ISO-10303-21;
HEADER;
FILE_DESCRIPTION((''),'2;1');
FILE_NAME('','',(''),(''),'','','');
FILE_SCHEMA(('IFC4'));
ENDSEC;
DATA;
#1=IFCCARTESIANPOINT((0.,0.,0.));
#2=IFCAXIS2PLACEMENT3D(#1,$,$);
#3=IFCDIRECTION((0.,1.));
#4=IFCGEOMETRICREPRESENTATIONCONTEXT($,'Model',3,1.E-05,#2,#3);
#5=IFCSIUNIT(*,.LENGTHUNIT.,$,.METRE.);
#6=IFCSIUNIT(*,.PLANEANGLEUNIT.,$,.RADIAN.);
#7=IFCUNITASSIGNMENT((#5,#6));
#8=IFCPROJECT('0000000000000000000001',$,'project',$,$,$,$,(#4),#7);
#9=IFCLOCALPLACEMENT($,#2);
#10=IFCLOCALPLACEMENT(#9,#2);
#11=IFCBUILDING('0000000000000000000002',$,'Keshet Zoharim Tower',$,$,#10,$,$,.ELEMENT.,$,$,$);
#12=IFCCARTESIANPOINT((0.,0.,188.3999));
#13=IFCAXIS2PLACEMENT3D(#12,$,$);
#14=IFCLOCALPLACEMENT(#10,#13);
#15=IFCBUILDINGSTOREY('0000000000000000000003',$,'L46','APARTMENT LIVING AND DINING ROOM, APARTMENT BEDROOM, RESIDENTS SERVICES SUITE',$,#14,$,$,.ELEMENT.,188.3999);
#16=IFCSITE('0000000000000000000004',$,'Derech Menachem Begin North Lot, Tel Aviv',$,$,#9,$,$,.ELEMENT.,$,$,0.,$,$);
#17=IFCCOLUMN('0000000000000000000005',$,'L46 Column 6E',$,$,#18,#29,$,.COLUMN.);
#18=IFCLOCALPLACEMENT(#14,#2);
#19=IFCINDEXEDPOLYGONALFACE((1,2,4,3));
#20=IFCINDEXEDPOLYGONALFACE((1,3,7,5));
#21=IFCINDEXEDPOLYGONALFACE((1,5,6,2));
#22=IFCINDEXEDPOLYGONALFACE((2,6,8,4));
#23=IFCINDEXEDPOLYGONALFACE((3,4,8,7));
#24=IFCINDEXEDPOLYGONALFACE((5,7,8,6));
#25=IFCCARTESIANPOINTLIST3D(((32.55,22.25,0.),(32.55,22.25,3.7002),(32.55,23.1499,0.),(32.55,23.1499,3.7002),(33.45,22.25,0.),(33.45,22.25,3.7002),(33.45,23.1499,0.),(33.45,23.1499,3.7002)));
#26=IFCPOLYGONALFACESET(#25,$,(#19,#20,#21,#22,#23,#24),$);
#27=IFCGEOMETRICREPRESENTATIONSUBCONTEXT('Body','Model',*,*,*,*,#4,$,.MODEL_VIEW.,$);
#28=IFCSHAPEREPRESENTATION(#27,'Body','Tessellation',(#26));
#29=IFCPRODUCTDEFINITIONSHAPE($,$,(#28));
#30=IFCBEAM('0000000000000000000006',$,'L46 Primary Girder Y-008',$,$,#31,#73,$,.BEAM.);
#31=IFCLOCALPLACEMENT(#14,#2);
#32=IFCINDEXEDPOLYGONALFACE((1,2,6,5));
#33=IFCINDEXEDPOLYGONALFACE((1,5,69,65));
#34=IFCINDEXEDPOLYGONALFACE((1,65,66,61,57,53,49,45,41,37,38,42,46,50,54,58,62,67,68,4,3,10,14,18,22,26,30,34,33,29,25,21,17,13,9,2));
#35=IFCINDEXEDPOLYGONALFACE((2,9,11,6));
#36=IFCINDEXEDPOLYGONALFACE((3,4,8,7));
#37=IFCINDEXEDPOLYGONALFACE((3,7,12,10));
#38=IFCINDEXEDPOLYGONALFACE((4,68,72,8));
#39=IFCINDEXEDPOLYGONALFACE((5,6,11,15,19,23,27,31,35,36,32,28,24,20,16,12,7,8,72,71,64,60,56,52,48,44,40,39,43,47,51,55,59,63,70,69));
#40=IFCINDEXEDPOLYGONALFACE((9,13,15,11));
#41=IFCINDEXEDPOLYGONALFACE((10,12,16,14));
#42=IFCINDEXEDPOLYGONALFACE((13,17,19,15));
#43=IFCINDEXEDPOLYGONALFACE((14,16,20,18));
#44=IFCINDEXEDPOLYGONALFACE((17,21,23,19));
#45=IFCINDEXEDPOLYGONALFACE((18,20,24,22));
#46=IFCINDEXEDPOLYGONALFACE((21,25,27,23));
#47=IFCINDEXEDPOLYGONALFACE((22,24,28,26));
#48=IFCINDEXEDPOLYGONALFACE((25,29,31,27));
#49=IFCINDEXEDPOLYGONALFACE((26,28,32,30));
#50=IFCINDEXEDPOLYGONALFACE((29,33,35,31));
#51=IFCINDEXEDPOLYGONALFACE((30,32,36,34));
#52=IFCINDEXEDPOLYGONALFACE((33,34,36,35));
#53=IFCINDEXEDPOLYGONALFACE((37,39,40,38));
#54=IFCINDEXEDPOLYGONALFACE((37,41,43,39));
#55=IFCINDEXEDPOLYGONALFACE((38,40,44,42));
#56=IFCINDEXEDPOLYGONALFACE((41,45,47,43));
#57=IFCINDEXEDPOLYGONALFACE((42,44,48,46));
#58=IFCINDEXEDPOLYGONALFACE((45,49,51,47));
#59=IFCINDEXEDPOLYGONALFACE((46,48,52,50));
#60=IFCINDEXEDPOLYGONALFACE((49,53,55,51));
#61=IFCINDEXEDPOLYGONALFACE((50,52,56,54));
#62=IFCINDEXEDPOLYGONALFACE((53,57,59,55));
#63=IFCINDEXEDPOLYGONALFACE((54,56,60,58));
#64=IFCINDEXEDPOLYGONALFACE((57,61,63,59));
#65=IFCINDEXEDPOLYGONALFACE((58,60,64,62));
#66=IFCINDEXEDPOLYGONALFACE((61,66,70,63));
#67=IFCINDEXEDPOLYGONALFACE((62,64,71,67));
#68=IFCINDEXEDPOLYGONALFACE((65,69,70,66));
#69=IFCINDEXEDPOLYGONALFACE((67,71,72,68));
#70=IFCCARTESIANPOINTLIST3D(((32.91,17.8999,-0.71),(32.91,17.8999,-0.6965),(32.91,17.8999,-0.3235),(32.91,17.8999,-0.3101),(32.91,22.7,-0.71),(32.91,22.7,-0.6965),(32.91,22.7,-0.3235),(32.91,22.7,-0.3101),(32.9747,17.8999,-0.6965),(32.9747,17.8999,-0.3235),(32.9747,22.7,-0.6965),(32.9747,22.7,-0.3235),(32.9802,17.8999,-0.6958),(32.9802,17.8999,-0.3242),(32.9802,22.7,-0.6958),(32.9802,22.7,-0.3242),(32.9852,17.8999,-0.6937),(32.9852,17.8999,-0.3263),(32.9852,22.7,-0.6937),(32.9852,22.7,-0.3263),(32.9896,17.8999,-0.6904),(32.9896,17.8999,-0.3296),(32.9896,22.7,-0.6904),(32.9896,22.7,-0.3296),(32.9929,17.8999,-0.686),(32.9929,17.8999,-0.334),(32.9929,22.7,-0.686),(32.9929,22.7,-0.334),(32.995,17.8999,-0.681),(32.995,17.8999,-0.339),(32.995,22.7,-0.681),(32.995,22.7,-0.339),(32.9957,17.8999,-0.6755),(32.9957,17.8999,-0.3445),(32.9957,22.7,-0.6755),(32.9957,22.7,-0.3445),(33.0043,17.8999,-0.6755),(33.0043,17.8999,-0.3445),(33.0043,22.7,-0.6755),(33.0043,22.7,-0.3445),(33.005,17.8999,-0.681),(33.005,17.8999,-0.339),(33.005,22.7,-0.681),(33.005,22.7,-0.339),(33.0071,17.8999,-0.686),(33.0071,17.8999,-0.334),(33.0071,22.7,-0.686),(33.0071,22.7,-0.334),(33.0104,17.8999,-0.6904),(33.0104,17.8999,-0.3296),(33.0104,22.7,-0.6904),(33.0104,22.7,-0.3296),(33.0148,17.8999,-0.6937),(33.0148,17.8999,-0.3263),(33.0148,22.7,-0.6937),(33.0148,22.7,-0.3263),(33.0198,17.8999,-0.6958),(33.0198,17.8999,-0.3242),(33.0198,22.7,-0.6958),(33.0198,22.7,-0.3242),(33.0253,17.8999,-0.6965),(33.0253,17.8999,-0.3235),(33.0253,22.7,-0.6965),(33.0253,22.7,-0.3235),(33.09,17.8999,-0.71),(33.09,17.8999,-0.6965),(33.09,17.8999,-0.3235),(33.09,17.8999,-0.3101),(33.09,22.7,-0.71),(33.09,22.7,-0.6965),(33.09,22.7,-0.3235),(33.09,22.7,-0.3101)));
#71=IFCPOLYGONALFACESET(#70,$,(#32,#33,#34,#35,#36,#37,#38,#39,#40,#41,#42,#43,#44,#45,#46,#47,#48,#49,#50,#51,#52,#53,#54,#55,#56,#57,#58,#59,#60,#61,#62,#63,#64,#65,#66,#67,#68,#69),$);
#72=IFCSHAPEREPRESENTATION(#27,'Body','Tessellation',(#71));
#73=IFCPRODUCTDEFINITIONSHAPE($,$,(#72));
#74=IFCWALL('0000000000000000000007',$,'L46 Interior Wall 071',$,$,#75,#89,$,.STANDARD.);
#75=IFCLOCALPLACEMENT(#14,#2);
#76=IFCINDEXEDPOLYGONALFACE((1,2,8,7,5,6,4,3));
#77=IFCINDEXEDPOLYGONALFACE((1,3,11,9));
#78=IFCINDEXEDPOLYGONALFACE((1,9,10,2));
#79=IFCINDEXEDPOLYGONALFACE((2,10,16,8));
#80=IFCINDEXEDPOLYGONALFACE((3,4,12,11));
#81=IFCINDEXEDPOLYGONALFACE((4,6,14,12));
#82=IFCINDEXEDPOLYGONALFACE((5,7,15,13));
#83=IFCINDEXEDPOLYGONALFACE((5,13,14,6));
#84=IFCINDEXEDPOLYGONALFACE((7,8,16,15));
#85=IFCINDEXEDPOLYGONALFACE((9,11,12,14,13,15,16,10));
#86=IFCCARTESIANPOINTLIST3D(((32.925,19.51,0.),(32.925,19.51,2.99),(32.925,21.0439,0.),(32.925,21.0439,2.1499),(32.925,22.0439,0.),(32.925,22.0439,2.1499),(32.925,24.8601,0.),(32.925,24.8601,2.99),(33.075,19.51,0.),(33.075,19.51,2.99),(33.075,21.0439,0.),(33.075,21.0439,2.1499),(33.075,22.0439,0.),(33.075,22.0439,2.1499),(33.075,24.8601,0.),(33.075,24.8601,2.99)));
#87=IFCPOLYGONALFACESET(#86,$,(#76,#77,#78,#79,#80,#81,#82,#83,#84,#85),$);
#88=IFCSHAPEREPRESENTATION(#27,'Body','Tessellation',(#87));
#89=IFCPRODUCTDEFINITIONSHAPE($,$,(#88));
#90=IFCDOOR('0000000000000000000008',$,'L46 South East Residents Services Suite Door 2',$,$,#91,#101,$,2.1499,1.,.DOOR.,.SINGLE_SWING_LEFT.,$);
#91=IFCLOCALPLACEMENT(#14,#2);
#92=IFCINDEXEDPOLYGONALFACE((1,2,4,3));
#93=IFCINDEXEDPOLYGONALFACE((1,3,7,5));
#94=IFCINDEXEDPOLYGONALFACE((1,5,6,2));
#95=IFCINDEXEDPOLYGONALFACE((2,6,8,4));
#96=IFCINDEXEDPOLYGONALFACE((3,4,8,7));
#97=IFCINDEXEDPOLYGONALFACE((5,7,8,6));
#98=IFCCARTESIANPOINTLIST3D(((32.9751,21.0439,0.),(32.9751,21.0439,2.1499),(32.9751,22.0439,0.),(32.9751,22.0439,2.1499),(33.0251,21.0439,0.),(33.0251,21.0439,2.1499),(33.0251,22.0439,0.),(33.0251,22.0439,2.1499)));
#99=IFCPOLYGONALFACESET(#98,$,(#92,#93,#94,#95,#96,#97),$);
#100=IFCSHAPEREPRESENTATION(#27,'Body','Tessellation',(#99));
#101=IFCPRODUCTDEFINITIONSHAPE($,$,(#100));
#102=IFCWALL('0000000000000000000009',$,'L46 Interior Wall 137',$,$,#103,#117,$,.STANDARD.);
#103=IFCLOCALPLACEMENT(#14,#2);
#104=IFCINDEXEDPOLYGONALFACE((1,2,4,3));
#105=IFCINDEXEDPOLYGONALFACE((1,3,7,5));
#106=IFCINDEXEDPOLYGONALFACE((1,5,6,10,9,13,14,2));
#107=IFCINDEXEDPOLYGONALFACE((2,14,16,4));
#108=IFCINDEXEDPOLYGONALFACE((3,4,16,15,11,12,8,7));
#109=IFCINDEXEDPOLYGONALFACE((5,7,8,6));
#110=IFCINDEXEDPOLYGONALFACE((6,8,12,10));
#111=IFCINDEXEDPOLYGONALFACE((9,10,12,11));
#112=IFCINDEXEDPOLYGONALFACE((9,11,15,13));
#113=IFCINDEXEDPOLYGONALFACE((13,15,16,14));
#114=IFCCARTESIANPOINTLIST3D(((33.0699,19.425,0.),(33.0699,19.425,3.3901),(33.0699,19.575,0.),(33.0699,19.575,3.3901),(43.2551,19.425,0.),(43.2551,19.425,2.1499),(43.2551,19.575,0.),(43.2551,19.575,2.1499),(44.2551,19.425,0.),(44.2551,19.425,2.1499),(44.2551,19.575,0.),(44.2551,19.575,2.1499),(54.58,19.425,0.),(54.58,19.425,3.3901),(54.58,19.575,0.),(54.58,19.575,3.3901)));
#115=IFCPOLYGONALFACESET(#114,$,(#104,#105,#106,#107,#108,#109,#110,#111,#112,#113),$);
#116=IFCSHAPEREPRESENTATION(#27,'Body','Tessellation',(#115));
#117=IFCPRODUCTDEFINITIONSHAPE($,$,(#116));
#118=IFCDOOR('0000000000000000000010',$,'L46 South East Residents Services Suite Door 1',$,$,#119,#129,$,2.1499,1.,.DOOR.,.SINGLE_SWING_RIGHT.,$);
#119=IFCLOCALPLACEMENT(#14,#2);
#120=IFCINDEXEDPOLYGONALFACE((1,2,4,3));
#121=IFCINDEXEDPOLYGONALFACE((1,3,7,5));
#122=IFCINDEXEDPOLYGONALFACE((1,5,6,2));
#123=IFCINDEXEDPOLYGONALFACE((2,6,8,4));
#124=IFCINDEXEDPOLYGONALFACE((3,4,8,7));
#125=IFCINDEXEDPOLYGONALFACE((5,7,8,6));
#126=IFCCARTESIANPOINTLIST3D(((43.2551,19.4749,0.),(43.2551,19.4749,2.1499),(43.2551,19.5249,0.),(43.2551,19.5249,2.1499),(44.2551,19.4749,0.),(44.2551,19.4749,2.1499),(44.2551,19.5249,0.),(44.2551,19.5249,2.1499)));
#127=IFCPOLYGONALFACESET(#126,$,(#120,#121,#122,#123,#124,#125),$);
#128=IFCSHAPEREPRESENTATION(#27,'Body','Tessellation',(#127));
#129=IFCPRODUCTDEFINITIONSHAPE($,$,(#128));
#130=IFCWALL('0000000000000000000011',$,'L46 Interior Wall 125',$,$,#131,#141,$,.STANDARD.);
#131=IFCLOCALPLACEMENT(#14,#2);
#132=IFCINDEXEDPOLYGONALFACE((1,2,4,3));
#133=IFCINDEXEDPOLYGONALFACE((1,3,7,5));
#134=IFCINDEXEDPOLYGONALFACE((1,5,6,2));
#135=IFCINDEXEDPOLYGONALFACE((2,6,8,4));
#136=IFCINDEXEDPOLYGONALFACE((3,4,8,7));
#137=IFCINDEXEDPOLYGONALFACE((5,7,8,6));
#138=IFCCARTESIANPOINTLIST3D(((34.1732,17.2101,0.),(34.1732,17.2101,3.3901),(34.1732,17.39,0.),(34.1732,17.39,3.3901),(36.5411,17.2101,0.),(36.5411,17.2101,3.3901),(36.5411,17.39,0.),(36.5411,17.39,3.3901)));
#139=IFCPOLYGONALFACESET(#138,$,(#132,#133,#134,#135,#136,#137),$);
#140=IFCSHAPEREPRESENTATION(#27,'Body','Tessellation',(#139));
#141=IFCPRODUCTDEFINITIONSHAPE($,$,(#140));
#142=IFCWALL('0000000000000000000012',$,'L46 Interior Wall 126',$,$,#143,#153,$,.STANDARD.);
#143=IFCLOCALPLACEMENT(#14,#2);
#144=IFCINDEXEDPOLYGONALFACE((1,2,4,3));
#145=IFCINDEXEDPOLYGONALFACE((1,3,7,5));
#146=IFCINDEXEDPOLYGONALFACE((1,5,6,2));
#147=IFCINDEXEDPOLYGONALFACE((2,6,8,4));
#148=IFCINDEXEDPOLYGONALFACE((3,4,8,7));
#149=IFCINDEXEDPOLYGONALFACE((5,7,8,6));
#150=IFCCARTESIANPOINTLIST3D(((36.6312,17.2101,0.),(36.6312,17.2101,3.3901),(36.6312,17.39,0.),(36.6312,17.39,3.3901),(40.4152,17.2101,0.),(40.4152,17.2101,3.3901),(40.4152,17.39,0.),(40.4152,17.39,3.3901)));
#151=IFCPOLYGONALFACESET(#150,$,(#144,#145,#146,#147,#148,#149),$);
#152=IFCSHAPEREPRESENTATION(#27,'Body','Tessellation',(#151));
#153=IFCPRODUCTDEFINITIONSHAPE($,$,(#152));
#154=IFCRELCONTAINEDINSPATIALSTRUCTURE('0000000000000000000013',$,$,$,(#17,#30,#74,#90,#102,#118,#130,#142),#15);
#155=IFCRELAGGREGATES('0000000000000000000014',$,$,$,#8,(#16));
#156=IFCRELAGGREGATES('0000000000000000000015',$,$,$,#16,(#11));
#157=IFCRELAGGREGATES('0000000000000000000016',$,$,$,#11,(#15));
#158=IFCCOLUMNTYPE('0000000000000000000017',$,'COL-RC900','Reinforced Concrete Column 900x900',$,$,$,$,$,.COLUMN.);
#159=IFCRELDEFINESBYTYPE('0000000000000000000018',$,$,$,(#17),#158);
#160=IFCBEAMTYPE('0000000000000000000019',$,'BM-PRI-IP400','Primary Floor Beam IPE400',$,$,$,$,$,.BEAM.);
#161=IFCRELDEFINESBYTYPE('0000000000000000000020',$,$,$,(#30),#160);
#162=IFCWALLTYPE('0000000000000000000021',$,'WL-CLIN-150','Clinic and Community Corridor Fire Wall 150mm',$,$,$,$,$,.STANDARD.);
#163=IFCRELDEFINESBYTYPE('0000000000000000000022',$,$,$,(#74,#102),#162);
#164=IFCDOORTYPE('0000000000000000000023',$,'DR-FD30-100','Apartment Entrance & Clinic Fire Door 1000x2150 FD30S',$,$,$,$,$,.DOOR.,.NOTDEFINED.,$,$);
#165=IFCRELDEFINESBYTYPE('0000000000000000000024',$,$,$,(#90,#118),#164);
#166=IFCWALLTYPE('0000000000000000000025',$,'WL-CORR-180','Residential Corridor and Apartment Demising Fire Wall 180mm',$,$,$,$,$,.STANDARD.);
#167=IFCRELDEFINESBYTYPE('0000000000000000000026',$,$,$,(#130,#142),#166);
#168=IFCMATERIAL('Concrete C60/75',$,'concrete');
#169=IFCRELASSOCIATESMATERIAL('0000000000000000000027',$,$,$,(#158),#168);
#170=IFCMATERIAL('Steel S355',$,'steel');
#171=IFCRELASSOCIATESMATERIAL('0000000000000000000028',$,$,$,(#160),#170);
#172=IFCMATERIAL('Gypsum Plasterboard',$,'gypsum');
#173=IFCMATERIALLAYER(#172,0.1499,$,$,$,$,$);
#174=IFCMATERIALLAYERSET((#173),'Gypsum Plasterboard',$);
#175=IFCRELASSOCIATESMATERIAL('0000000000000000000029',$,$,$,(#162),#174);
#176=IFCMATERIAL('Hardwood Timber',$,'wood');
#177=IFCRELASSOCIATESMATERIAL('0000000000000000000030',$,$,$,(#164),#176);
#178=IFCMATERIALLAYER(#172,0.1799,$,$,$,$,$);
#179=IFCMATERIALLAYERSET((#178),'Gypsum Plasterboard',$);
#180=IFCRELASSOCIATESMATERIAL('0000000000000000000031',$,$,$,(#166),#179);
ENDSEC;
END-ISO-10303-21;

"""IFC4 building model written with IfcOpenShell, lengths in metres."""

from ifc_helpers import new_model, si_unit, direction, frame, frame_2d, origin, origin_2d, place, context, subcontext, project, spatial, rectangle, i_section, extrude, material, layer, layer_set, material_profile, profile_set, type_object, element, fill, save


model = new_model("IFC4")

# Units and contexts
model_context = context("Model", 3, precision=1e-05, world=origin(), true_north=direction((0.0, 1.0)))
body_context = subcontext(model_context, "Body", "Model", "MODEL_VIEW")
ifc_project = project(units=[si_unit("LENGTHUNIT", "METRE"), si_unit("PLANEANGLEUNIT", "RADIAN")], contexts=[model_context])

# Site, building, storey
site_placement = place(None, origin())
site = spatial("IfcSite", under=ifc_project, at=site_placement, Name="Derech Menachem Begin North Lot, Tel Aviv", CompositionType="ELEMENT", RefElevation=0.0)
building_placement = place(site_placement, origin())
building = spatial("IfcBuilding", under=site, at=building_placement, Name="Keshet Zoharim Tower", CompositionType="ELEMENT")
storey_placement = place(building_placement, frame((0.0, 0.0, 188.3999)))
storey = spatial("IfcBuildingStorey", under=building, at=storey_placement, Name="L46", Description="APARTMENT LIVING AND DINING ROOM, APARTMENT BEDROOM, RESIDENTS SERVICES SUITE", CompositionType="ELEMENT", Elevation=188.3999)

# Column
ifc_material_1 = material(Name="Concrete C60/75", Category="concrete")
ifc_material_profile_1 = material_profile(ifc_material_1, rectangle(XDim=0.8999, YDim=0.8999, at=origin_2d()), Name="RC900x900")
ifc_profile_set_1 = profile_set([ifc_material_profile_1], Name="Concrete C60/75")
column_type = type_object("IfcColumnType", Name="COL-RC900", Description="Reinforced Concrete Column 900x900", PredefinedType="COLUMN", material=ifc_profile_set_1)
column_placement = place(storey_placement, frame((33.0, 22.7, 0.0), z_axis=(0.0, 0.0, 1.0), x_axis=(1.0, 0.0, 0.0)))
element("IfcColumn", 1, at=column_placement, inside=storey, type_object=column_type, Name="L46 Column 6E", PredefinedType="COLUMN", context=body_context, shape_type="SweptSolid", body=[
    extrude(rectangle(XDim=0.8999, YDim=0.8999, at=origin_2d()), origin(), (0.0, 0.0, 1.0), 3.7002),
])

# Beam
ifc_material_2 = material(Name="Steel S355", Category="steel")
ifc_material_profile_2 = material_profile(ifc_material_2, i_section(OverallWidth=0.1799, OverallDepth=0.3999, WebThickness=0.0085, FlangeThickness=0.0134, FilletRadius=0.021, at=origin_2d()), Name="IPE400")
ifc_profile_set_2 = profile_set([ifc_material_profile_2], Name="Steel S355")
beam_type = type_object("IfcBeamType", Name="BM-PRI-IP400", Description="Primary Floor Beam IPE400", PredefinedType="BEAM", material=ifc_profile_set_2)
beam_placement = place(storey_placement, frame((33.0, 17.8999, -0.51), z_axis=(0.0, 1.0, 0.0), x_axis=(-1.0, 0.0, 0.0)))
element("IfcBeam", 2, at=beam_placement, inside=storey, type_object=beam_type, Name="L46 Primary Girder Y-008", PredefinedType="BEAM", context=body_context, shape_type="SweptSolid", body=[
    extrude(i_section(OverallWidth=0.1799, OverallDepth=0.3999, WebThickness=0.0085, FlangeThickness=0.0134, FilletRadius=0.021, at=origin_2d()), origin(), (0.0, 0.0, 1.0), 4.8),
])

# Walls, openings, doors
ifc_material_3 = material(Name="Gypsum Plasterboard", Category="gypsum")
ifc_layer_1 = layer(ifc_material_3, 0.1499)
ifc_layer_set_1 = layer_set([ifc_layer_1], Name="Gypsum Plasterboard")
wall_type_1 = type_object("IfcWallType", Name="WL-CLIN-150", Description="Clinic and Community Corridor Fire Wall 150mm", PredefinedType="STANDARD", material=ifc_layer_set_1)
wall_1_placement = place(storey_placement, frame((33.0, 19.51, 0.0), z_axis=(0.0, 0.0, 1.0), x_axis=(0.0, 1.0, 0.0)))
wall_1 = element("IfcWall", 3, at=wall_1_placement, inside=storey, type_object=wall_type_1, Name="L46 Interior Wall 071", PredefinedType="STANDARD", context=body_context, shape_type="SweptSolid", body=[
    extrude(rectangle(XDim=5.3501, YDim=0.1499, at=frame_2d((2.675, 0.0))), origin(), (0.0, 0.0, 1.0), 2.99),
])
opening_1_placement = place(wall_1_placement, frame((1.5339, 0.0, 0.0)))
opening_1 = element("IfcOpeningElement", 4, at=opening_1_placement, cuts=wall_1, PredefinedType="OPENING", context=body_context, shape_type="SweptSolid", body=[
    extrude(rectangle(XDim=1.0, YDim=2.1499, at=frame_2d((0.5, 1.075))), frame((0.0, 0.085, 0.0), z_axis=(0.0, -1.0, 0.0), x_axis=(1.0, 0.0, 0.0)), (0.0, 0.0, 1.0), 0.1699),
])
ifc_material_4 = material(Name="Hardwood Timber", Category="wood")
door_type_1 = type_object("IfcDoorType", Name="DR-FD30-100", Description="Apartment Entrance & Clinic Fire Door 1000x2150 FD30S", OperationType="NOTDEFINED", PredefinedType="DOOR", material=ifc_material_4)
door_1_placement = place(opening_1_placement, origin())
door_1 = element("IfcDoor", 5, at=door_1_placement, inside=storey, type_object=door_type_1, Name="L46 South East Residents Services Suite Door 2", OperationType="SINGLE_SWING_LEFT", OverallHeight=2.1499, OverallWidth=1.0, PredefinedType="DOOR", context=body_context, shape_type="SweptSolid", body=[
    extrude(rectangle(XDim=1.0, YDim=2.1499, at=frame_2d((0.5, 1.075))), frame((0.0, 0.0249, 0.0), z_axis=(0.0, -1.0, 0.0), x_axis=(1.0, 0.0, 0.0)), (0.0, 0.0, 1.0), 0.05),
])
fill(opening_1, door_1)
wall_2_placement = place(storey_placement, frame((33.0701, 19.5, 0.0), z_axis=(0.0, 0.0, 1.0), x_axis=(1.0, 0.0, 0.0)))
wall_2 = element("IfcWall", 6, at=wall_2_placement, inside=storey, type_object=wall_type_1, Name="L46 Interior Wall 137", PredefinedType="STANDARD", context=body_context, shape_type="SweptSolid", body=[
    extrude(rectangle(XDim=21.51, YDim=0.1499, at=frame_2d((10.7549, 0.0))), origin(), (0.0, 0.0, 1.0), 3.3901),
])
opening_2_placement = place(wall_2_placement, frame((10.1851, 0.0, 0.0)))
opening_2 = element("IfcOpeningElement", 7, at=opening_2_placement, cuts=wall_2, PredefinedType="OPENING", context=body_context, shape_type="SweptSolid", body=[
    extrude(rectangle(XDim=1.0, YDim=2.1499, at=frame_2d((0.5, 1.075))), frame((0.0, 0.085, 0.0), z_axis=(0.0, -1.0, 0.0), x_axis=(1.0, 0.0, 0.0)), (0.0, 0.0, 1.0), 0.1699),
])
door_2_placement = place(opening_2_placement, origin())
door_2 = element("IfcDoor", 8, at=door_2_placement, inside=storey, type_object=door_type_1, Name="L46 South East Residents Services Suite Door 1", OperationType="SINGLE_SWING_RIGHT", OverallHeight=2.1499, OverallWidth=1.0, PredefinedType="DOOR", context=body_context, shape_type="SweptSolid", body=[
    extrude(rectangle(XDim=1.0, YDim=2.1499, at=frame_2d((0.5, 1.075))), frame((0.0, 0.0249, 0.0), z_axis=(0.0, -1.0, 0.0), x_axis=(1.0, 0.0, 0.0)), (0.0, 0.0, 1.0), 0.05),
])
fill(opening_2, door_2)

# Walls
ifc_layer_2 = layer(ifc_material_3, 0.1799)
ifc_layer_set_2 = layer_set([ifc_layer_2], Name="Gypsum Plasterboard")
wall_type_2 = type_object("IfcWallType", Name="WL-CORR-180", Description="Residential Corridor and Apartment Demising Fire Wall 180mm", PredefinedType="STANDARD", material=ifc_layer_set_2)
wall_3_placement = place(storey_placement, frame((34.1731, 17.3, 0.0), z_axis=(0.0, 0.0, 1.0), x_axis=(1.0, 0.0, 0.0)))
element("IfcWall", 9, at=wall_3_placement, inside=storey, type_object=wall_type_2, Name="L46 Interior Wall 125", PredefinedType="STANDARD", context=body_context, shape_type="SweptSolid", body=[
    extrude(rectangle(XDim=2.3679, YDim=0.1799, at=frame_2d((1.1841, 0.0))), origin(), (0.0, 0.0, 1.0), 3.3901),
])
wall_4_placement = place(storey_placement, frame((36.6311, 17.3, 0.0), z_axis=(0.0, 0.0, 1.0), x_axis=(1.0, 0.0, 0.0)))
element("IfcWall", 10, at=wall_4_placement, inside=storey, type_object=wall_type_2, Name="L46 Interior Wall 126", PredefinedType="STANDARD", context=body_context, shape_type="SweptSolid", body=[
    extrude(rectangle(XDim=3.7839, YDim=0.1799, at=frame_2d((1.8921, 0.0))), origin(), (0.0, 0.0, 1.0), 3.3901),
])

save(model, "model.ifc")
